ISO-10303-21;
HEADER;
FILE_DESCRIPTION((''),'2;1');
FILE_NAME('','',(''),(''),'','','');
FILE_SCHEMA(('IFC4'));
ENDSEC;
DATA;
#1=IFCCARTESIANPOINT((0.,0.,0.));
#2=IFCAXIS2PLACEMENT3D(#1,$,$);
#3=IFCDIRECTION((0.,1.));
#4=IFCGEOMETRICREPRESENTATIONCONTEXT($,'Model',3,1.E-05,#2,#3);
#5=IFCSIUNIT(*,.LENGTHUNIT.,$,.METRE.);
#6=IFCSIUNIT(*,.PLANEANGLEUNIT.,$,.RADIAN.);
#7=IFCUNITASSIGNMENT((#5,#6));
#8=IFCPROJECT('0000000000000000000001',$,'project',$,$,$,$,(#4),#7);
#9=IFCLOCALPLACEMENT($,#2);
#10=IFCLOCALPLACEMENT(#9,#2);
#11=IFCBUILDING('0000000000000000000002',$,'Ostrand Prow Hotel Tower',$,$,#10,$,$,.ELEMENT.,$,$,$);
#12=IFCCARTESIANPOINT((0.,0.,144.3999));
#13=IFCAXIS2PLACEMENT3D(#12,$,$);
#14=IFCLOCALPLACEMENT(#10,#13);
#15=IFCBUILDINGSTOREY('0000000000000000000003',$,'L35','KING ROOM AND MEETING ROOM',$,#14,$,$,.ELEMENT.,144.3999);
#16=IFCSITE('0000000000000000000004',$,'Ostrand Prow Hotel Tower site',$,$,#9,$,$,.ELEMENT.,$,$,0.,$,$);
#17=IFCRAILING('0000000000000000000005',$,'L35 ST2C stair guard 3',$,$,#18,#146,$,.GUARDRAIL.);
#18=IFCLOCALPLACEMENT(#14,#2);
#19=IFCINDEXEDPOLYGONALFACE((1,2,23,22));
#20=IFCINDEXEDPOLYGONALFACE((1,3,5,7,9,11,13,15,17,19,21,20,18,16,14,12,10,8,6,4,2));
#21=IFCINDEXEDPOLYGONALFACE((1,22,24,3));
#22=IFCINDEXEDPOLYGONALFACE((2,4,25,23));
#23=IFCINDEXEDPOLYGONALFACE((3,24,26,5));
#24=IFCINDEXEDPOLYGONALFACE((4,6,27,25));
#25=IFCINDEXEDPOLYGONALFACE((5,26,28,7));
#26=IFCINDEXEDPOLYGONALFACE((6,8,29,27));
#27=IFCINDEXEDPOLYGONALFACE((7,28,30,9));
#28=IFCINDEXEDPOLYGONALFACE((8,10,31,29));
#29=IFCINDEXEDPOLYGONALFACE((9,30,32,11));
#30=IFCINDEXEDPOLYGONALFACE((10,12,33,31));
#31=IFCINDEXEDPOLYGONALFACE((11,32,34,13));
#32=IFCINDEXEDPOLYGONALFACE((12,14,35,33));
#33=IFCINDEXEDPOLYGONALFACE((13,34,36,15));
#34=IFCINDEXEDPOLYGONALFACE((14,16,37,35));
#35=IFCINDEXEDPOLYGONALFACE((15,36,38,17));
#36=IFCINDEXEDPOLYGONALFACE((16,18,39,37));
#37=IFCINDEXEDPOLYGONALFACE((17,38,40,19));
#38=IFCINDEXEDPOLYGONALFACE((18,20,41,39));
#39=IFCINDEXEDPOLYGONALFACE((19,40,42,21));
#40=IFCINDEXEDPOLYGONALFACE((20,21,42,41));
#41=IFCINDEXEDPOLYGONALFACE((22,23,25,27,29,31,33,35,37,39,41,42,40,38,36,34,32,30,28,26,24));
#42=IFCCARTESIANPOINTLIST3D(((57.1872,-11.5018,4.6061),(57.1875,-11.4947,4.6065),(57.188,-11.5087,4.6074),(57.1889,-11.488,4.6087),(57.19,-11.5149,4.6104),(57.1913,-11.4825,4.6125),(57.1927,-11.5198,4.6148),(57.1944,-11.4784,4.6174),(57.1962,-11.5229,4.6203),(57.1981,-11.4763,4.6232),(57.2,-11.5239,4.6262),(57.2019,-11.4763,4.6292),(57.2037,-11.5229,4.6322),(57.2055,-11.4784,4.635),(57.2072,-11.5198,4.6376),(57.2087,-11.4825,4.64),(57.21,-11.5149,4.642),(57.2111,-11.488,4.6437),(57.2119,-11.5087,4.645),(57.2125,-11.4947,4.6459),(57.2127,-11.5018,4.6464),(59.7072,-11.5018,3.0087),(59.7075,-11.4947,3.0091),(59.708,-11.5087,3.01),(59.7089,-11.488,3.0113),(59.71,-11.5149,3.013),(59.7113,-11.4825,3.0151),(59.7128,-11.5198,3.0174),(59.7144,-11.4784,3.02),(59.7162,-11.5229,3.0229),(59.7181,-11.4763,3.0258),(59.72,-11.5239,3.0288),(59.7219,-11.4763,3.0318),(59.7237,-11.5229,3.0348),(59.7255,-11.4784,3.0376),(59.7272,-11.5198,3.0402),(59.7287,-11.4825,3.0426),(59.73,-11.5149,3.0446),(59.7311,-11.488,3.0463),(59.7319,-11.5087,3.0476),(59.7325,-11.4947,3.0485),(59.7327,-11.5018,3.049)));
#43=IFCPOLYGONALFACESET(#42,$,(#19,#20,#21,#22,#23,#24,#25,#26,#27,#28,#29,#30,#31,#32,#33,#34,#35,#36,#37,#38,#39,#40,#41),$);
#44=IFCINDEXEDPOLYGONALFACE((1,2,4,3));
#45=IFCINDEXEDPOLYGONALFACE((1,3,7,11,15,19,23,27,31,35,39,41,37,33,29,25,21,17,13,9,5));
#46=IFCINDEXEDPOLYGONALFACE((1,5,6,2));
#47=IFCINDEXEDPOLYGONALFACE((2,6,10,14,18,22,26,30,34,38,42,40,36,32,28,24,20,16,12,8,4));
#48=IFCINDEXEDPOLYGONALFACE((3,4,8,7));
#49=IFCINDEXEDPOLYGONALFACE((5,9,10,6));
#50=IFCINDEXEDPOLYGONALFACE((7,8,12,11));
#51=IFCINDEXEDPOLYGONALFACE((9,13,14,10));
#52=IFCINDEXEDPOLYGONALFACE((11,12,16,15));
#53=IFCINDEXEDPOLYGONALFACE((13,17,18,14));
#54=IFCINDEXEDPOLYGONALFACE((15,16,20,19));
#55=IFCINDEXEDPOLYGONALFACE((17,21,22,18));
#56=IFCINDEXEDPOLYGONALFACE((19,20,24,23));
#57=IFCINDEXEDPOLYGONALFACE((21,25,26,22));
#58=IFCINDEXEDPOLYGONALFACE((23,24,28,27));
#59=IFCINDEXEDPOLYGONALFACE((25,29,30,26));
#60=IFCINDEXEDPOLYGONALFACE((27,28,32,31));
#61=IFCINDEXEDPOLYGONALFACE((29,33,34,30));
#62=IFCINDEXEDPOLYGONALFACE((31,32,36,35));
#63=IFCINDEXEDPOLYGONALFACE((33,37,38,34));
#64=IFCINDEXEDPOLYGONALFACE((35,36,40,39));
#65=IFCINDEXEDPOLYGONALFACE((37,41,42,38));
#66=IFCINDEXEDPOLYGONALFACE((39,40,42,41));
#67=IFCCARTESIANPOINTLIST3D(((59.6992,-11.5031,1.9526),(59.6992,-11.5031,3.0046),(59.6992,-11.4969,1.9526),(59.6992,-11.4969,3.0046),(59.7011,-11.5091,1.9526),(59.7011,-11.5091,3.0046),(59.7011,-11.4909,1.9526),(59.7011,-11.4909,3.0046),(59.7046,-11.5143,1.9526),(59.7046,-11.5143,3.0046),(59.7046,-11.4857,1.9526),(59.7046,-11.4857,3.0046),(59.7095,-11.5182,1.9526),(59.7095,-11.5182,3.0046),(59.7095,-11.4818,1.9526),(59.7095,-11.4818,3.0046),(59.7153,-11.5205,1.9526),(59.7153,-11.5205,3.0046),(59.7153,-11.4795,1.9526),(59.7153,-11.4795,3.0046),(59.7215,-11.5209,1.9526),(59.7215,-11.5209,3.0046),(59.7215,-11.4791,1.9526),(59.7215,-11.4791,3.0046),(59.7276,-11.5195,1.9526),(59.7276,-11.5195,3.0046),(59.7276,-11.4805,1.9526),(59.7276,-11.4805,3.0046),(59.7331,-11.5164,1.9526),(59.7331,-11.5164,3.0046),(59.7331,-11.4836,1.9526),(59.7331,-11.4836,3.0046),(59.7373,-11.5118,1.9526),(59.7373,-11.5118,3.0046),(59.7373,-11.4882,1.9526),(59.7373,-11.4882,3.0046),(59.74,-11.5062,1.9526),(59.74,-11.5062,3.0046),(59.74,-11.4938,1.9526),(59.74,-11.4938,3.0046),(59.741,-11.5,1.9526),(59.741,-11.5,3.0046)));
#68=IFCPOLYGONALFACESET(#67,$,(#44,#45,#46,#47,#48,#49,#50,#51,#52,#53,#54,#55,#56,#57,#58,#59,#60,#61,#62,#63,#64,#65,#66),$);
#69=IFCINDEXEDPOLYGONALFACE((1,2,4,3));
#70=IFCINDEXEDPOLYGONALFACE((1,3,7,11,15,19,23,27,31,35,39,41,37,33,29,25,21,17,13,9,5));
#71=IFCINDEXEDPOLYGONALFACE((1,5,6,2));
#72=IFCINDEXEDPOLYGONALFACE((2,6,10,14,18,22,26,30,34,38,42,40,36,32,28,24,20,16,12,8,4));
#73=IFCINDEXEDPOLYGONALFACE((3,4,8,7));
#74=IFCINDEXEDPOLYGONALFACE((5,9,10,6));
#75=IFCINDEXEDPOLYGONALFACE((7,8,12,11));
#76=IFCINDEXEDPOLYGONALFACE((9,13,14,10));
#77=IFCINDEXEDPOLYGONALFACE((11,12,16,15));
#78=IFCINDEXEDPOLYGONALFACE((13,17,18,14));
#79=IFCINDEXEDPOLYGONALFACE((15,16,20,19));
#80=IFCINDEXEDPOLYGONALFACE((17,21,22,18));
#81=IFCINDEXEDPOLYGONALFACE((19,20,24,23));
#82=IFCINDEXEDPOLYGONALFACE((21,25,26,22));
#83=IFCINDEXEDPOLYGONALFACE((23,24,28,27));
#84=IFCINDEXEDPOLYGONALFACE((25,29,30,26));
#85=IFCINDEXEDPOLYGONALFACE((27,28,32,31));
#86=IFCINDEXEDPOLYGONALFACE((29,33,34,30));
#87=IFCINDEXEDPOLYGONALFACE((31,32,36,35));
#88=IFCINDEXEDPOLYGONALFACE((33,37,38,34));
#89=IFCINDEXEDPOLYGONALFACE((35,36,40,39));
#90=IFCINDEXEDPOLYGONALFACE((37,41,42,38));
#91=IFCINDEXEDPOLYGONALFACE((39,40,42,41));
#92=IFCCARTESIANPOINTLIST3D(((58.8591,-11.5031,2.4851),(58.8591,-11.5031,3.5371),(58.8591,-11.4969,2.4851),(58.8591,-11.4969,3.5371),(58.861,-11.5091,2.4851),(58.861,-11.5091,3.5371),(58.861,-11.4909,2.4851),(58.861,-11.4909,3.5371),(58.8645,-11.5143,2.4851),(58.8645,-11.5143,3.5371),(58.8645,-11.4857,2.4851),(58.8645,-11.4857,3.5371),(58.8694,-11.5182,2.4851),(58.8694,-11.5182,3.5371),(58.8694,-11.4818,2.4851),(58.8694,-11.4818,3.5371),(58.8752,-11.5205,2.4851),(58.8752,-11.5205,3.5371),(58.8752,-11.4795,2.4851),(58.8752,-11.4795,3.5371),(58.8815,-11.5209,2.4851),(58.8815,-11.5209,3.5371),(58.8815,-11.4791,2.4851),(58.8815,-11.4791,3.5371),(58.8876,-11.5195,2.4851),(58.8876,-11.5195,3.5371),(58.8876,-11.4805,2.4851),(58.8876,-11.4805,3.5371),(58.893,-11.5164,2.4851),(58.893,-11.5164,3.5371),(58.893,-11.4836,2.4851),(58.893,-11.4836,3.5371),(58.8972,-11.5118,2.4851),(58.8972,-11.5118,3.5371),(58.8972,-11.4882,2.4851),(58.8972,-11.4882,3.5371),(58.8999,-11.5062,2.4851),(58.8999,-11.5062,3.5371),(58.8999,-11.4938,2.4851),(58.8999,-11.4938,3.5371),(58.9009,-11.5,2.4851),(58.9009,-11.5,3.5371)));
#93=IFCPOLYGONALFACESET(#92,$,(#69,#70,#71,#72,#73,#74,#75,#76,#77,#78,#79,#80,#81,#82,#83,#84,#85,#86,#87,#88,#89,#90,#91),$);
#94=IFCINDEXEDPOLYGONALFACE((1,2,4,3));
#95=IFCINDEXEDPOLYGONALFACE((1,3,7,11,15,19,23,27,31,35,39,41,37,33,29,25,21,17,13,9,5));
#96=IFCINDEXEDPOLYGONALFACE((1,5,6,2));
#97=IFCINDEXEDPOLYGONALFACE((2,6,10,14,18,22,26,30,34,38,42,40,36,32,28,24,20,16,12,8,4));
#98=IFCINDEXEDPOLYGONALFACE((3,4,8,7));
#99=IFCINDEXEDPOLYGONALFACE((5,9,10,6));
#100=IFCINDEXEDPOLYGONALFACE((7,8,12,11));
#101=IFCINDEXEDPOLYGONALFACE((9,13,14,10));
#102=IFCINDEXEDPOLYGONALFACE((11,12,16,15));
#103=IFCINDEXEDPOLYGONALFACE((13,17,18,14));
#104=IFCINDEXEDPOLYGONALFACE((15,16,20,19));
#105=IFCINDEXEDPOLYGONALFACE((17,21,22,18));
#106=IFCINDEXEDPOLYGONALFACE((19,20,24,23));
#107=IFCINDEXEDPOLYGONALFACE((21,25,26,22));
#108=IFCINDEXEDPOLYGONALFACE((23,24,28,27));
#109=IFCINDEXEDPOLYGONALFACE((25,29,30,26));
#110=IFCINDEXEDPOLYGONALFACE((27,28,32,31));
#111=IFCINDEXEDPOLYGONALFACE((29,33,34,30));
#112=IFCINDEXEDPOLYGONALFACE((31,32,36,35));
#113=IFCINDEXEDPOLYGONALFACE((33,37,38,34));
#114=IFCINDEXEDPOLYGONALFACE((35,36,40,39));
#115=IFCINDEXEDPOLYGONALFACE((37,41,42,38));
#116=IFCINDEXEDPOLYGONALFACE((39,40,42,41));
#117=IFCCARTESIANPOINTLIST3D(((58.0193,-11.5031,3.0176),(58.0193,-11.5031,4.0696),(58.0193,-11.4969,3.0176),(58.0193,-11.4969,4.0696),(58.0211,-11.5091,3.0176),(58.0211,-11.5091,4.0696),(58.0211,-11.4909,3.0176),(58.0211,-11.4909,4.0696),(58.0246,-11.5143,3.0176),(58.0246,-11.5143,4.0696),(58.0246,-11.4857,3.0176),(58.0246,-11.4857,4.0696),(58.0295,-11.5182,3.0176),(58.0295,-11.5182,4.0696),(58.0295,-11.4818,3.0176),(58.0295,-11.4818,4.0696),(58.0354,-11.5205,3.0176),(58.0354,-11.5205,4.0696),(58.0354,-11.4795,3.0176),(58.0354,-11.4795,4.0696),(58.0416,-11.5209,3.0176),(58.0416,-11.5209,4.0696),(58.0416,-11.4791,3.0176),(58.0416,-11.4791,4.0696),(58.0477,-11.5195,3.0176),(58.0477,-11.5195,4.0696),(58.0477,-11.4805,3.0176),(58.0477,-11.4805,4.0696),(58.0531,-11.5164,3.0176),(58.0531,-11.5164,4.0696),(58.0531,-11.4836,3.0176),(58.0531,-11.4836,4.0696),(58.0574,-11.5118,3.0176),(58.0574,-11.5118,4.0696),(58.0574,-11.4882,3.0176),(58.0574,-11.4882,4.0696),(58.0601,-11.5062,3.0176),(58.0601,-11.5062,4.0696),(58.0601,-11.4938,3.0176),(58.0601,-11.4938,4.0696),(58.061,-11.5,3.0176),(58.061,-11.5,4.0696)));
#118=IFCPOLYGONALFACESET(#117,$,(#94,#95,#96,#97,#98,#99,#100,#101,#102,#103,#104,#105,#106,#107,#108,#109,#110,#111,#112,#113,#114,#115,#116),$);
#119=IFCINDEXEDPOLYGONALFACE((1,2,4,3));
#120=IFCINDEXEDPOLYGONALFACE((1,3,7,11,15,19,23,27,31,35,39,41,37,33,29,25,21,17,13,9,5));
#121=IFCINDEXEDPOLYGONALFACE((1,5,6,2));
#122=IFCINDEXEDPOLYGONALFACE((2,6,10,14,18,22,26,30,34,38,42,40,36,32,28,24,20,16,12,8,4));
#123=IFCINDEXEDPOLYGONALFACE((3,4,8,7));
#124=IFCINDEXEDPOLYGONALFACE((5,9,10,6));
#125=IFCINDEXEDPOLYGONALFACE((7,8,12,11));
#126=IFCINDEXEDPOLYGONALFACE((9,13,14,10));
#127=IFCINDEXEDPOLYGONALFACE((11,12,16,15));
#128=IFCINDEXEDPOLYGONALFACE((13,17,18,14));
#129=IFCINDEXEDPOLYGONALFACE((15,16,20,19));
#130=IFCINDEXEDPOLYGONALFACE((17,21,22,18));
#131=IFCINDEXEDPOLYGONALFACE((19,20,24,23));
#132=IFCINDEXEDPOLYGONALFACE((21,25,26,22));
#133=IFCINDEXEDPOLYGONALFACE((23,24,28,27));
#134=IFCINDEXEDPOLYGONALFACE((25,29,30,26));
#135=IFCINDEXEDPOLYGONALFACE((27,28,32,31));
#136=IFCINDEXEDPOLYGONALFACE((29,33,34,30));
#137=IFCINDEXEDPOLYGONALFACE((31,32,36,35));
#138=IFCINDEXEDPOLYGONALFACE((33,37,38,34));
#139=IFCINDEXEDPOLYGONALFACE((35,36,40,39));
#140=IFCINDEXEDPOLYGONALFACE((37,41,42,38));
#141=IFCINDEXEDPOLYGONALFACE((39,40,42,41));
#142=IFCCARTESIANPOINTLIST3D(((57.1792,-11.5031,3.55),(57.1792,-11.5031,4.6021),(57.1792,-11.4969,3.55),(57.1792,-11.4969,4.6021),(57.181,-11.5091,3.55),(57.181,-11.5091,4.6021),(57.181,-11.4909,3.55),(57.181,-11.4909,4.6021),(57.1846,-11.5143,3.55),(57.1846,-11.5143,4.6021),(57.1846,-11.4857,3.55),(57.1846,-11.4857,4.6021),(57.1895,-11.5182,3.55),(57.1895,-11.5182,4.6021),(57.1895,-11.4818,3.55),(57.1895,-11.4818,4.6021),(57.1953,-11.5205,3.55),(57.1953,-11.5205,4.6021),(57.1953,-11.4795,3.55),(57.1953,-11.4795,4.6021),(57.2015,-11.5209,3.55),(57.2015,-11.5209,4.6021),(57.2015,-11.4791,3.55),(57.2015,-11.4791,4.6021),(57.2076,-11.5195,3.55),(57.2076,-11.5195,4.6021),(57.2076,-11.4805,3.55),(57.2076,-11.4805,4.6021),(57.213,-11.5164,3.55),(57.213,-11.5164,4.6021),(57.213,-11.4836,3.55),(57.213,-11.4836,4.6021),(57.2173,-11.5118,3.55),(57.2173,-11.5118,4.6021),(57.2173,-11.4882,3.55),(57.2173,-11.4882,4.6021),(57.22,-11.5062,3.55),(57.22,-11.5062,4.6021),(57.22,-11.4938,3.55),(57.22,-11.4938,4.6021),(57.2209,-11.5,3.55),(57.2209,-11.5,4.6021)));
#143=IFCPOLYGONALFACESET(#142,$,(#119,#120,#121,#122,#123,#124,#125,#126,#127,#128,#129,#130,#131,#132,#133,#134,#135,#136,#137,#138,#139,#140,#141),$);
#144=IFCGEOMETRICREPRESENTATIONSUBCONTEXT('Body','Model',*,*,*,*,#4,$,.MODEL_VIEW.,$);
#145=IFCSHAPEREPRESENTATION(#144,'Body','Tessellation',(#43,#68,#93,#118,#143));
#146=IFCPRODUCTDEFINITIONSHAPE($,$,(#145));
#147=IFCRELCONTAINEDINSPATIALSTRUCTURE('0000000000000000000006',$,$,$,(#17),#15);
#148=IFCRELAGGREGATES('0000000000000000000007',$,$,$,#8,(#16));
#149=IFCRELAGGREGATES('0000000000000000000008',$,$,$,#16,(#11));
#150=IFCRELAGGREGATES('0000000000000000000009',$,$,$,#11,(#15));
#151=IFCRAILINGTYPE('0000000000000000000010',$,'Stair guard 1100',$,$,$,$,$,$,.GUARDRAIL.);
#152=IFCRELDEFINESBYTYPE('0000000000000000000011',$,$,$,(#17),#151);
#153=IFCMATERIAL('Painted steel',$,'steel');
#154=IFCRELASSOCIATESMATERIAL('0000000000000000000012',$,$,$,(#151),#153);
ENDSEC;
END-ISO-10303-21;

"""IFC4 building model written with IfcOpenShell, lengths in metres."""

from ifc_helpers import new_model, si_unit, direction, frame, origin, origin_2d, place, context, subcontext, project, spatial, circle, extrude, material, type_object, element, save


model = new_model("IFC4")

# Units and contexts
model_context = context("Model", 3, precision=1e-05, world=origin(), true_north=direction((0.0, 1.0)))
body_context = subcontext(model_context, "Body", "Model", "MODEL_VIEW")
ifc_project = project(units=[si_unit("LENGTHUNIT", "METRE"), si_unit("PLANEANGLEUNIT", "RADIAN")], contexts=[model_context])

# Site, building, storey
site_placement = place(None, origin())
site = spatial("IfcSite", under=ifc_project, at=site_placement, Name="Ostrand Prow Hotel Tower site", CompositionType="ELEMENT", RefElevation=0.0)
building_placement = place(site_placement, origin())
building = spatial("IfcBuilding", under=site, at=building_placement, Name="Ostrand Prow Hotel Tower", CompositionType="ELEMENT")
storey_placement = place(building_placement, frame((0.0, 0.0, 144.3999)))
storey = spatial("IfcBuildingStorey", under=building, at=storey_placement, Name="L35", Description="KING ROOM AND MEETING ROOM", CompositionType="ELEMENT", Elevation=144.3999)

# Railing
ifc_material_1 = material(Name="Painted steel", Category="steel")
railing_type_1 = type_object("IfcRailingType", Name="Stair guard 1100", PredefinedType="GUARDRAIL", material=ifc_material_1)
railing_1_placement = place(storey_placement, frame((59.72, -11.5, 1.9526)))
element("IfcRailing", 1, at=railing_1_placement, inside=storey, type_object=railing_type_1, Name="L35 ST2C stair guard 3", PredefinedType="GUARDRAIL", context=body_context, shape_type="SweptSolid", body=[
    extrude(circle(Radius=0.0239, at=origin_2d()), frame((0.0, 0.0, 1.0762), z_axis=(-0.844607, 0.0, 0.535387), x_axis=(0.0, -1.0, 0.0)), (0.0, 0.0, 1.0), 2.9836),
    extrude(circle(Radius=0.021, at=origin_2d()), origin(), (0.0, 0.0, 1.0), 1.052),
    extrude(circle(Radius=0.021, at=origin_2d()), frame((-0.8401, 0.0, 0.5325)), (0.0, 0.0, 1.0), 1.052),
    extrude(circle(Radius=0.021, at=origin_2d()), frame((-1.6799, 0.0, 1.0649)), (0.0, 0.0, 1.0), 1.052),
    extrude(circle(Radius=0.021, at=origin_2d()), frame((-2.52, 0.0, 1.5974)), (0.0, 0.0, 1.0), 1.052),
])

save(model, "model.ifc")
